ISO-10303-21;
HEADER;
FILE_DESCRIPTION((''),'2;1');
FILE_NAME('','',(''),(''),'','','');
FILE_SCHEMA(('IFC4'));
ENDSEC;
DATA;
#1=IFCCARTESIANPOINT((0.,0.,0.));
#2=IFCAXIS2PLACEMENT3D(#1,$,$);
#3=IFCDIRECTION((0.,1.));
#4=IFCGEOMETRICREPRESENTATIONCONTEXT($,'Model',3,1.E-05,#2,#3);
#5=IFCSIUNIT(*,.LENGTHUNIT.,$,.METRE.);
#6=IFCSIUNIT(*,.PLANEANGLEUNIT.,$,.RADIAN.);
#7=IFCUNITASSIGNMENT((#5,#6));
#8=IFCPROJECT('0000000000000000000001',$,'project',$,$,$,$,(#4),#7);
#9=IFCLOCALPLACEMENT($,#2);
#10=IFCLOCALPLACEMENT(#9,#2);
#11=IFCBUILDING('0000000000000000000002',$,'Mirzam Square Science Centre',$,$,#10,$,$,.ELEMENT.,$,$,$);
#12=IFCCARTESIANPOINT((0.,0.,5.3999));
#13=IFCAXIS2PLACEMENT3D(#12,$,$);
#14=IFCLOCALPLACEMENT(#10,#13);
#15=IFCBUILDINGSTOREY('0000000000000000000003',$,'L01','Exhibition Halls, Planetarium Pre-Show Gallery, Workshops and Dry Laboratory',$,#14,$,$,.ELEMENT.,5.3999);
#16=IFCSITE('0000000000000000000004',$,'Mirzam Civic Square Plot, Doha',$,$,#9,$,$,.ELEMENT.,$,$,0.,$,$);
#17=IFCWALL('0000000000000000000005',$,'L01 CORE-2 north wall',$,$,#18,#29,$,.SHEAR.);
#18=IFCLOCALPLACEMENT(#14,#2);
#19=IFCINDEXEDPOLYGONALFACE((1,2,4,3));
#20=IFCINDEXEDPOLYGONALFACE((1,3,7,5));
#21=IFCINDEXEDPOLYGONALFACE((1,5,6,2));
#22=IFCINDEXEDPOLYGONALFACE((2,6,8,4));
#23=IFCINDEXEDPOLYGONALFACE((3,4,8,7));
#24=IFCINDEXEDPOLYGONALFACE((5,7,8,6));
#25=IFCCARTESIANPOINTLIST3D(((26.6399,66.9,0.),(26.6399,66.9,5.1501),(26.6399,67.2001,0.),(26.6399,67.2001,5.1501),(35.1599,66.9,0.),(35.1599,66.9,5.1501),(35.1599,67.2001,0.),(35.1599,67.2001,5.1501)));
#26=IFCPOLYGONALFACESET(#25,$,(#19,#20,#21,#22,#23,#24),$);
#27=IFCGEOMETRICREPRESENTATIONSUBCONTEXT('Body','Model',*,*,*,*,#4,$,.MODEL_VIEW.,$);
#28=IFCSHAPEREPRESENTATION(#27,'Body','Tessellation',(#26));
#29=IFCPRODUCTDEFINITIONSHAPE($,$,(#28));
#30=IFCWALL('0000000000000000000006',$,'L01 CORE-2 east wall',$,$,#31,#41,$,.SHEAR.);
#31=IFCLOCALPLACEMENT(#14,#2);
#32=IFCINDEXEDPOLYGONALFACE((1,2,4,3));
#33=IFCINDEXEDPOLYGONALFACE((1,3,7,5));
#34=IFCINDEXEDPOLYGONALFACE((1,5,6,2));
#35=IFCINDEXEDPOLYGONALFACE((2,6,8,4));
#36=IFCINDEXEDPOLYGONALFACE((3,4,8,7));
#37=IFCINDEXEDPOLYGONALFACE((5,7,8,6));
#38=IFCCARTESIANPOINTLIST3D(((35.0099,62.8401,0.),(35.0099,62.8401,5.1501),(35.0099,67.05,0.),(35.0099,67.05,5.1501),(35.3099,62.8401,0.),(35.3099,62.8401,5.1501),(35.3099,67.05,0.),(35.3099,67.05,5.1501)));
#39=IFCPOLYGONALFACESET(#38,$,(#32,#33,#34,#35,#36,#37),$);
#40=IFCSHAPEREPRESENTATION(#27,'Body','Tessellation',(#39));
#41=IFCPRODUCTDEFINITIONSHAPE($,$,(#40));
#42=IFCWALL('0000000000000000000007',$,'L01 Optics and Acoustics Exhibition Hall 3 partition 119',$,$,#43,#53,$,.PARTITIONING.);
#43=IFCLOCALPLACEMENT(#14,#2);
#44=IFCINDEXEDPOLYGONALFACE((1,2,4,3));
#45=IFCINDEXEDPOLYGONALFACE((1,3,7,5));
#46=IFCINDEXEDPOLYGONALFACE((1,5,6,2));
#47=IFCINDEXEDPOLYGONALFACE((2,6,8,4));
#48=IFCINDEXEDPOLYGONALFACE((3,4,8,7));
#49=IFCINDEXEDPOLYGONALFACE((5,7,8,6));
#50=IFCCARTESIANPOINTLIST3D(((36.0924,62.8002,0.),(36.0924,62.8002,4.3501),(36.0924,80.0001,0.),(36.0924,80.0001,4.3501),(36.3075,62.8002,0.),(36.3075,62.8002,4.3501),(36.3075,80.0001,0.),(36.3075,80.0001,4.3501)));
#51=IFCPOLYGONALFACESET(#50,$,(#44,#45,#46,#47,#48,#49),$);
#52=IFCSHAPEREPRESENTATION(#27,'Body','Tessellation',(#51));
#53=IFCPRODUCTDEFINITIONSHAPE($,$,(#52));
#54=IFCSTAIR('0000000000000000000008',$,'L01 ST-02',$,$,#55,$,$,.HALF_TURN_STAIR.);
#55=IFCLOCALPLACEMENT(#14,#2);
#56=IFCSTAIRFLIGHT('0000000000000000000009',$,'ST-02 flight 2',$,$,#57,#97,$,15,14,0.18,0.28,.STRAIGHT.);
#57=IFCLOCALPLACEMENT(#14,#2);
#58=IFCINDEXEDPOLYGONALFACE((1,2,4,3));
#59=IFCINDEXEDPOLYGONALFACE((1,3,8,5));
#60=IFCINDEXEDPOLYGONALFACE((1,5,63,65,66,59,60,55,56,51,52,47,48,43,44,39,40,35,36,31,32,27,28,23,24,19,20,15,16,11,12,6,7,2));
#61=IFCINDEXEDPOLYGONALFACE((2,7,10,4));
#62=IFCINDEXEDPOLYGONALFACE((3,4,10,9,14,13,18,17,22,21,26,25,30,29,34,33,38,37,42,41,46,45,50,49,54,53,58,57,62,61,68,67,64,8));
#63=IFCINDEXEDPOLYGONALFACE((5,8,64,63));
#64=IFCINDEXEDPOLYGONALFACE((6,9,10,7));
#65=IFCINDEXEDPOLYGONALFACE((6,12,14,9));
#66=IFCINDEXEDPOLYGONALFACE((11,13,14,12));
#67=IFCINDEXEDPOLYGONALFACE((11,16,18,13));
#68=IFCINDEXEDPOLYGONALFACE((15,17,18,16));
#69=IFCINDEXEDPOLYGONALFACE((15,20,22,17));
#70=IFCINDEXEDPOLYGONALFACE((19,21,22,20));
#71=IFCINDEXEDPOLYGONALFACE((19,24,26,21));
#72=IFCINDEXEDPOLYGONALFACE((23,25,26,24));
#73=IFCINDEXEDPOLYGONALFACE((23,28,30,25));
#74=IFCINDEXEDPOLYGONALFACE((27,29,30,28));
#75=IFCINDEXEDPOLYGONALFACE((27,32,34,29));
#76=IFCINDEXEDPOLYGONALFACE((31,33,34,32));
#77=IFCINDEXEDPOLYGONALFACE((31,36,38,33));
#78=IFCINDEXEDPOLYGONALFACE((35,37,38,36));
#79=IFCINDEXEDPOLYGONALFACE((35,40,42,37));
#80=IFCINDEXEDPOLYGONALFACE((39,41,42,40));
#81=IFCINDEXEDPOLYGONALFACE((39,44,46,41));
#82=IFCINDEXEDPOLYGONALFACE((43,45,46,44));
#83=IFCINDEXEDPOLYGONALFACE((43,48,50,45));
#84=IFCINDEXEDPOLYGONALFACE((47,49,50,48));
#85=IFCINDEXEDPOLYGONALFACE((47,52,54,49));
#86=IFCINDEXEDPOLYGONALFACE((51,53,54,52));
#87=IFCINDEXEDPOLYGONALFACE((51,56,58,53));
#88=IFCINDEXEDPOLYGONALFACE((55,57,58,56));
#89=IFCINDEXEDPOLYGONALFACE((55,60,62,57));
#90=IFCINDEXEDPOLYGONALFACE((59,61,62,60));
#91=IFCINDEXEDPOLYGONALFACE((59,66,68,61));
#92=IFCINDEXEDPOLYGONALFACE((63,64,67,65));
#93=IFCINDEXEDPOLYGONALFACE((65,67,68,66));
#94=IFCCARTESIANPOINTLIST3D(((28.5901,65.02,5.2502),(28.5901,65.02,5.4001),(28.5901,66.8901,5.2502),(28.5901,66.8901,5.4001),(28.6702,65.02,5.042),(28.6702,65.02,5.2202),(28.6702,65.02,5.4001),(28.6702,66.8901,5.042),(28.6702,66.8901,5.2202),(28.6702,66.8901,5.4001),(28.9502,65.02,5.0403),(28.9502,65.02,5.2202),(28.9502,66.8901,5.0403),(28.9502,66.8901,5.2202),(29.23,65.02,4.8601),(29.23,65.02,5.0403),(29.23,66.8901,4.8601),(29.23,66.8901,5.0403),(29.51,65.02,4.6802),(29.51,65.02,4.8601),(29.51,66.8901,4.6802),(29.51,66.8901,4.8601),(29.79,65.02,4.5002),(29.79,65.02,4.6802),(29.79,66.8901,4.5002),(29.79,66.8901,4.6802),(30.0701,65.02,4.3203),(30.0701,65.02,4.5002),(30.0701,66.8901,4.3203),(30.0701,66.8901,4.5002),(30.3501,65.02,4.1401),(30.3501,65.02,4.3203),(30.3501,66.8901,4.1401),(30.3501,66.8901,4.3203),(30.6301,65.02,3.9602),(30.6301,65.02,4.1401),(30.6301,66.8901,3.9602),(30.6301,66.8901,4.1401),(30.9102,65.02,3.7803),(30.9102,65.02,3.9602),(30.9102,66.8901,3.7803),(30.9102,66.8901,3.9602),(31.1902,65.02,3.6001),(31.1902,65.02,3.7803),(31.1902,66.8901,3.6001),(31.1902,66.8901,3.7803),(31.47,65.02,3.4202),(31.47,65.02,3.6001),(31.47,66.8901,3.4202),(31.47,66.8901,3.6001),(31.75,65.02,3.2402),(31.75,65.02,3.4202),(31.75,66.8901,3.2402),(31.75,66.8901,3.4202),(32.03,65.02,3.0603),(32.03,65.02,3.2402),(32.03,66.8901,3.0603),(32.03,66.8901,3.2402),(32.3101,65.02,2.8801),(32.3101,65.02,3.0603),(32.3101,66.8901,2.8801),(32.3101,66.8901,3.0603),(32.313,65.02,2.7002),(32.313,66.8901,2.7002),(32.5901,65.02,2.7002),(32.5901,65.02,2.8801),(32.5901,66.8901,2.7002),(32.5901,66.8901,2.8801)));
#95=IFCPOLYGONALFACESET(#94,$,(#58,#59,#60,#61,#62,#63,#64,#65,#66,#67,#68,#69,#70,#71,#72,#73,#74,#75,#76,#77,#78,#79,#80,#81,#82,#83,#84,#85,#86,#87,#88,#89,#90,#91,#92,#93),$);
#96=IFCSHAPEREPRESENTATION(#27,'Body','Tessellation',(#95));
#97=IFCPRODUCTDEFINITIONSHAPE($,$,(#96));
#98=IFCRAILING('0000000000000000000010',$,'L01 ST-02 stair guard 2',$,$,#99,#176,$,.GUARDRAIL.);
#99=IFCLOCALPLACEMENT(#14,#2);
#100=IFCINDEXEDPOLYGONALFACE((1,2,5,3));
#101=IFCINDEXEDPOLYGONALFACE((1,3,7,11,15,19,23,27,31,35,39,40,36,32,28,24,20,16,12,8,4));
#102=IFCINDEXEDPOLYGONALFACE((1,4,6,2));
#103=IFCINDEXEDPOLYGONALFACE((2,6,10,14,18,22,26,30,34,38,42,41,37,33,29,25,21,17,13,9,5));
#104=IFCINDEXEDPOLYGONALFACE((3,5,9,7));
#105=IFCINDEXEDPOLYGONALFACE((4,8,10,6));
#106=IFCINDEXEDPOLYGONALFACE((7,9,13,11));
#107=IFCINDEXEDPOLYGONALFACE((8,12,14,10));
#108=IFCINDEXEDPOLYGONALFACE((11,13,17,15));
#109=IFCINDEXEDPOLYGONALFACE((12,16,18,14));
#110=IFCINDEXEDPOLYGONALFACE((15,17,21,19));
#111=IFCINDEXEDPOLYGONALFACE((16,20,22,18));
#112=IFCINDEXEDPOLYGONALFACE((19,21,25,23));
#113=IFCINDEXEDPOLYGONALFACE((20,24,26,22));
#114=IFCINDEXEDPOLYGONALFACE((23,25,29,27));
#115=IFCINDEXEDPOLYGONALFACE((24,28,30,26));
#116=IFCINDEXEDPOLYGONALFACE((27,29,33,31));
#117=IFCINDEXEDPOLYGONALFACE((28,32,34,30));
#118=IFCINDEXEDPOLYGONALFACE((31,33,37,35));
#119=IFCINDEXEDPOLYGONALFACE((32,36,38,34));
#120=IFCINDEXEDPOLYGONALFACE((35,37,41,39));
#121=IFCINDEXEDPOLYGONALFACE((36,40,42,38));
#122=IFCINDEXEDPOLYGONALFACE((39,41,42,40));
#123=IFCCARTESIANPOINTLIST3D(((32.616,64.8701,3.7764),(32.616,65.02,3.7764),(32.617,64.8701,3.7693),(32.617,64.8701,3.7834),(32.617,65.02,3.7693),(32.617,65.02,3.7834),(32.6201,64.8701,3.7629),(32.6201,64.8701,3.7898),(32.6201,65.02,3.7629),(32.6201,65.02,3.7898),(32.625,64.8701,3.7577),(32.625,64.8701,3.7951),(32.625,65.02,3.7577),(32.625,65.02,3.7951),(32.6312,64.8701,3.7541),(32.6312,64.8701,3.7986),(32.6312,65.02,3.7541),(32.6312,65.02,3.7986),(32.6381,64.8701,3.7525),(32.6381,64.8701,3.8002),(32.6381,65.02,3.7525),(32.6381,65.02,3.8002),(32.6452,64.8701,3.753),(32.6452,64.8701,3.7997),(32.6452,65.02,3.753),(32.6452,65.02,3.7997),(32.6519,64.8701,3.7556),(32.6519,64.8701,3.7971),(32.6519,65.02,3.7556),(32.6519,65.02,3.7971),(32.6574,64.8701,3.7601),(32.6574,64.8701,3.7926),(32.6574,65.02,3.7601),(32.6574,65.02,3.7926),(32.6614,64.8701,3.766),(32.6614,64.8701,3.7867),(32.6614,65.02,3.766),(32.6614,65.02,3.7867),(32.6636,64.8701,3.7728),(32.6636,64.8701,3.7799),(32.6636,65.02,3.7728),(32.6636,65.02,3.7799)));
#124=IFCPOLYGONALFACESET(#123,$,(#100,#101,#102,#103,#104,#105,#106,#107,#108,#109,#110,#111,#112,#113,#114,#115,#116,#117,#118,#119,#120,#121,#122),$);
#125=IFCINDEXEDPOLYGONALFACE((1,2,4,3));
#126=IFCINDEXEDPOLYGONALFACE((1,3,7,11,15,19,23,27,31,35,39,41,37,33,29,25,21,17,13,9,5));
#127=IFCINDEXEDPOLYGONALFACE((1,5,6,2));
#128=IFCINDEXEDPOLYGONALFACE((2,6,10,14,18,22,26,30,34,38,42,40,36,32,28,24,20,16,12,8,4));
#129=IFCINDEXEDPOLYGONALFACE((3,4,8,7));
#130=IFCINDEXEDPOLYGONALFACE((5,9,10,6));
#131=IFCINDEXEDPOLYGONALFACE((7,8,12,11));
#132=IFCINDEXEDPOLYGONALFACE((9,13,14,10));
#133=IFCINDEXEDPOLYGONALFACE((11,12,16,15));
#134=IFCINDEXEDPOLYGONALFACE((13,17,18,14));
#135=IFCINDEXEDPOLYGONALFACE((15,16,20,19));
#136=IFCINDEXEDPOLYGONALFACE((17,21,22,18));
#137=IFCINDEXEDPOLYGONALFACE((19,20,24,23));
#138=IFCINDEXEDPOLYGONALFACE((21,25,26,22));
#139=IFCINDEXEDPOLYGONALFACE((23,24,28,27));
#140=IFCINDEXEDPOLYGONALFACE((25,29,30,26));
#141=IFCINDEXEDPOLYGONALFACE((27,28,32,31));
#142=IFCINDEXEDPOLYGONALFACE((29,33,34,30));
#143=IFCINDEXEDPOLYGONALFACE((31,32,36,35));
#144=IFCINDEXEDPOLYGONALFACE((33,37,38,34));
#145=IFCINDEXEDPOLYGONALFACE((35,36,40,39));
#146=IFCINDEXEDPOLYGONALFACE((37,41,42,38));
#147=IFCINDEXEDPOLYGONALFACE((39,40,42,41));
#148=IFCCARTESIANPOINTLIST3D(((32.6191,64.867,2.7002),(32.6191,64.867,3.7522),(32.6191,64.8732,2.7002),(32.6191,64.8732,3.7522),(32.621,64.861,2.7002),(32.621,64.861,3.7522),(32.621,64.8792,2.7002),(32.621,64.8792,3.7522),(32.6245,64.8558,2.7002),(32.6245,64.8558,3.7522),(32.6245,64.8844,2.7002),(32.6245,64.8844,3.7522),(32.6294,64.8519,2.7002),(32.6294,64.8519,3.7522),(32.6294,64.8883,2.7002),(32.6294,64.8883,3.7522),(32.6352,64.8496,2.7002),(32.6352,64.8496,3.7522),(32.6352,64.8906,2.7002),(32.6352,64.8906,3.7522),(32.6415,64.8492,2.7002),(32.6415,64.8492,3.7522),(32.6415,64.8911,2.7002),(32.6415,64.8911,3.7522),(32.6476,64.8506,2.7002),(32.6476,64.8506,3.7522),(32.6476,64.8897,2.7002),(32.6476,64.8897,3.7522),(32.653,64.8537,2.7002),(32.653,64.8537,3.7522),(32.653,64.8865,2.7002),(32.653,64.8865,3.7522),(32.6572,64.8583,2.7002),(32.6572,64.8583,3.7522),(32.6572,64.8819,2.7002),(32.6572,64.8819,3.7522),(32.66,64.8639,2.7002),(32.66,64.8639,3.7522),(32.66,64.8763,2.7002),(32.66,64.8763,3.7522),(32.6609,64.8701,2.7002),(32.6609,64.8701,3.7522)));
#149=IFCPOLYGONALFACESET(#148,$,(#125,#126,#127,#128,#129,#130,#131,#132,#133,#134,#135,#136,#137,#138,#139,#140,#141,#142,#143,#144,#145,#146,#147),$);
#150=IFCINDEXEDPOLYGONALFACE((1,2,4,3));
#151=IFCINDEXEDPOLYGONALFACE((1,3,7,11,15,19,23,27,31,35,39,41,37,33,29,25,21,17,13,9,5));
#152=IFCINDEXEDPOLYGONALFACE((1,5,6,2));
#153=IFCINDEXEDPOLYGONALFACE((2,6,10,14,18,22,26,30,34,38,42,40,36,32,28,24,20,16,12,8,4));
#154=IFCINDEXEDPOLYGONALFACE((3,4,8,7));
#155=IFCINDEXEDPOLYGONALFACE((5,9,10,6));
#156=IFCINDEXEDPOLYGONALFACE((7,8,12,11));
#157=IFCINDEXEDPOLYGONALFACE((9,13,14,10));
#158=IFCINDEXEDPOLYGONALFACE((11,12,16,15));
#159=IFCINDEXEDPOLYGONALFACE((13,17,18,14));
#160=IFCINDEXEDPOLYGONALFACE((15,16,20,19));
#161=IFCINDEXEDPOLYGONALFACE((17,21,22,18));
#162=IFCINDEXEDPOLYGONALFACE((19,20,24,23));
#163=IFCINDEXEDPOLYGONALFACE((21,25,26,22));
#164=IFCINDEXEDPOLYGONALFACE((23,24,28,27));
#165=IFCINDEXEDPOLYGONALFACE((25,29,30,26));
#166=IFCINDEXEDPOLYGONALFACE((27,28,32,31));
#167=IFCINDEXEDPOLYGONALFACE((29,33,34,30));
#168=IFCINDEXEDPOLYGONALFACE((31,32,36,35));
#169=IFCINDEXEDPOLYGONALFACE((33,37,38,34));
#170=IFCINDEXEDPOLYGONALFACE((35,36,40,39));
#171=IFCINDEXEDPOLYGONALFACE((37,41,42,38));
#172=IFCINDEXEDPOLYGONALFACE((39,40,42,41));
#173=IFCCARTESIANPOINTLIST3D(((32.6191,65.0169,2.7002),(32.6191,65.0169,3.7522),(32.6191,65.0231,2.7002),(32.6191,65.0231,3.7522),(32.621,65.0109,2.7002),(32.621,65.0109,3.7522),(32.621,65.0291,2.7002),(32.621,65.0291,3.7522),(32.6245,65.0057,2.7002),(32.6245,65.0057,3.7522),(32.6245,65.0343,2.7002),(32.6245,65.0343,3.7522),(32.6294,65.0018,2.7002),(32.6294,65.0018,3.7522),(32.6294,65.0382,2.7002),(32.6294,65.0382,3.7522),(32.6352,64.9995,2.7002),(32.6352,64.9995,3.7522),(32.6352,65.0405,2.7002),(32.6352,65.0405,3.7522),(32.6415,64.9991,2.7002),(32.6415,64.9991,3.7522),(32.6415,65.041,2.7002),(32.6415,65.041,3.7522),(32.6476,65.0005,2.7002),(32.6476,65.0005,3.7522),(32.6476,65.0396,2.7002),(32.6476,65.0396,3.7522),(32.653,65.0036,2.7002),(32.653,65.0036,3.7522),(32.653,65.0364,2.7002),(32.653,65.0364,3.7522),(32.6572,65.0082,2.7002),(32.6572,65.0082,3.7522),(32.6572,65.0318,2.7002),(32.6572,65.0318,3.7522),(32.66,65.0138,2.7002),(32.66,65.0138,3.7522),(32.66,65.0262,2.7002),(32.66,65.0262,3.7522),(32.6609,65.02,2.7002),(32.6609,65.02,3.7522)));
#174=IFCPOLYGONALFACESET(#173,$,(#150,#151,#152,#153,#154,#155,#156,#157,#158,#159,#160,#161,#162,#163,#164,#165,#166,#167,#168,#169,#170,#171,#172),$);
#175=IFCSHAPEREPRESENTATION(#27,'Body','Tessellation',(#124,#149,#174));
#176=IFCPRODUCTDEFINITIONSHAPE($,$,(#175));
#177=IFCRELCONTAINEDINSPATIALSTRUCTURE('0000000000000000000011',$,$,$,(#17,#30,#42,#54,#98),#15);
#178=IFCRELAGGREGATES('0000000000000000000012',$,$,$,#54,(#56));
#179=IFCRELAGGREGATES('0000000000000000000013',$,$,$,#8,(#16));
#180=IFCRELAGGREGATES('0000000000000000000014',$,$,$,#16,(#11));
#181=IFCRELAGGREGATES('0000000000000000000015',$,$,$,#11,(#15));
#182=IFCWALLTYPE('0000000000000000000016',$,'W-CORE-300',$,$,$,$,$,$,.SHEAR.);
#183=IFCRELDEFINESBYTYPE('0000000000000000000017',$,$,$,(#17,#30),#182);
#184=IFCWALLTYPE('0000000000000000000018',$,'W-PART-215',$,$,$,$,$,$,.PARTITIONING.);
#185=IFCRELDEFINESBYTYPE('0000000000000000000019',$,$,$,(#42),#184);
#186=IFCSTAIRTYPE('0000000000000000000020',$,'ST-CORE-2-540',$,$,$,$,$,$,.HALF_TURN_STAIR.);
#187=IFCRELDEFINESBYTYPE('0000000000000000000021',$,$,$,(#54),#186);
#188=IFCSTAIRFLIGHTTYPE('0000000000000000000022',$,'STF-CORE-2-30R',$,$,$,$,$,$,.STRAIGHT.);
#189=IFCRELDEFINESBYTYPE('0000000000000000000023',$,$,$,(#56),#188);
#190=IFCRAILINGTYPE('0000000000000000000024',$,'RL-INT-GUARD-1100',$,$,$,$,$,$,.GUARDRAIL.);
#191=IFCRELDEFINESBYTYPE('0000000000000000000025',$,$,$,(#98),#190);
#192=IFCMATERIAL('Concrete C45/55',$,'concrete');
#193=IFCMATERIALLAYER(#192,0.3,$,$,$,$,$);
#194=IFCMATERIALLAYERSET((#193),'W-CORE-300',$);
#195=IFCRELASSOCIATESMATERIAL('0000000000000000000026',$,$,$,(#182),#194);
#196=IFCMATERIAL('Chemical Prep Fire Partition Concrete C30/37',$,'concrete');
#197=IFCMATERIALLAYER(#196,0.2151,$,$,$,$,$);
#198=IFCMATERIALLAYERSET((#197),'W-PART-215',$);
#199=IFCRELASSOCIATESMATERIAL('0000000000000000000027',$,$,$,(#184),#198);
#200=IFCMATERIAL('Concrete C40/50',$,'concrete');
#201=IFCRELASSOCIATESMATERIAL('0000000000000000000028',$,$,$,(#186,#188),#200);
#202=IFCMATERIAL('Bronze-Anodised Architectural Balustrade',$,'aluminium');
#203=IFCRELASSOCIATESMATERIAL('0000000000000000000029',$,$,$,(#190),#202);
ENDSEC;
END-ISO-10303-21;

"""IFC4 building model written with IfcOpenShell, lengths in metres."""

from ifc_helpers import new_model, si_unit, direction, frame, frame_2d, origin, origin_2d, place, context, subcontext, project, spatial, polyline, rectangle, circle, outline, extrude, material, layer, layer_set, type_object, element, aggregate, save


model = new_model("IFC4")

# Units and contexts
model_context = context("Model", 3, precision=1e-05, world=origin(), true_north=direction((0.0, 1.0)))
body_context = subcontext(model_context, "Body", "Model", "MODEL_VIEW")
ifc_project = project(units=[si_unit("LENGTHUNIT", "METRE"), si_unit("PLANEANGLEUNIT", "RADIAN")], contexts=[model_context])

# Site, building, storey
site_placement = place(None, origin())
site = spatial("IfcSite", under=ifc_project, at=site_placement, Name="Mirzam Civic Square Plot, Doha", CompositionType="ELEMENT", RefElevation=0.0)
building_placement = place(site_placement, origin())
building = spatial("IfcBuilding", under=site, at=building_placement, Name="Mirzam Square Science Centre", CompositionType="ELEMENT")
storey_placement = place(building_placement, frame((0.0, 0.0, 5.3999)))
storey = spatial("IfcBuildingStorey", under=building, at=storey_placement, Name="L01", Description="Exhibition Halls, Planetarium Pre-Show Gallery, Workshops and Dry Laboratory", CompositionType="ELEMENT", Elevation=5.3999)

# Walls
ifc_material_1 = material(Name="Concrete C45/55", Category="concrete")
ifc_layer_1 = layer(ifc_material_1, 0.3)
ifc_layer_set_1 = layer_set([ifc_layer_1], Name="W-CORE-300")
wall_type_1 = type_object("IfcWallType", Name="W-CORE-300", PredefinedType="SHEAR", material=ifc_layer_set_1)
wall_1_placement = place(storey_placement, frame((35.1599, 67.05, 0.0), z_axis=(0.0, 0.0, 1.0), x_axis=(-1.0, 0.0, 0.0)))
element("IfcWall", 1, at=wall_1_placement, inside=storey, type_object=wall_type_1, Name="L01 CORE-2 north wall", PredefinedType="SHEAR", context=body_context, shape_type="SweptSolid", body=[
    extrude(rectangle(XDim=8.52, YDim=0.3, at=frame_2d((4.26, 0.0))), origin(), (0.0, 0.0, 1.0), 5.1501),
])
wall_2_placement = place(storey_placement, frame((35.1599, 62.8401, 0.0), z_axis=(0.0, 0.0, 1.0), x_axis=(0.0, 1.0, 0.0)))
element("IfcWall", 2, at=wall_2_placement, inside=storey, type_object=wall_type_1, Name="L01 CORE-2 east wall", PredefinedType="SHEAR", context=body_context, shape_type="SweptSolid", body=[
    extrude(rectangle(XDim=4.21, YDim=0.3, at=frame_2d((2.105, 0.0))), origin(), (0.0, 0.0, 1.0), 5.1501),
])
ifc_material_2 = material(Name="Chemical Prep Fire Partition Concrete C30/37", Category="concrete")
ifc_layer_2 = layer(ifc_material_2, 0.2151)
ifc_layer_set_2 = layer_set([ifc_layer_2], Name="W-PART-215")
wall_type_2 = type_object("IfcWallType", Name="W-PART-215", PredefinedType="PARTITIONING", material=ifc_layer_set_2)
wall_3_placement = place(storey_placement, frame((36.2, 62.8, 0.0), z_axis=(0.0, 0.0, 1.0), x_axis=(0.0, 1.0, 0.0)))
element("IfcWall", 3, at=wall_3_placement, inside=storey, type_object=wall_type_2, Name="L01 Optics and Acoustics Exhibition Hall 3 partition 119", PredefinedType="PARTITIONING", context=body_context, shape_type="SweptSolid", body=[
    extrude(rectangle(XDim=17.2, YDim=0.2151, at=frame_2d((8.6001, 0.0))), origin(), (0.0, 0.0, 1.0), 4.3501),
])

# Stair, stair flight
ifc_material_3 = material(Name="Concrete C40/50", Category="concrete")
stair_type = type_object("IfcStairType", Name="ST-CORE-2-540", PredefinedType="HALF_TURN_STAIR", material=ifc_material_3)
stair_placement = place(storey_placement, origin())
stair = element("IfcStair", 4, at=stair_placement, inside=storey, type_object=stair_type, Name="L01 ST-02", PredefinedType="HALF_TURN_STAIR")
stair_flight_type = type_object("IfcStairFlightType", Name="STF-CORE-2-30R", PredefinedType="STRAIGHT", material=ifc_material_3)
stair_flight_placement = place(storey_placement, frame((32.5901, 65.9551, 2.7002), z_axis=(0.0, 0.0, 1.0), x_axis=(-1.0, 0.0, 0.0)))
stair_flight = element("IfcStairFlight", 5, at=stair_flight_placement, type_object=stair_flight_type, Name="ST-02 flight 2", NumberOfRisers=15, NumberOfTreads=14, PredefinedType="STRAIGHT", RiserHeight=0.18, TreadLength=0.28, context=body_context, shape_type="SweptSolid", body=[
    extrude(outline(polyline([(0.0, 0.0), (0.0, 0.1799), (0.28, 0.1799), (0.28, 0.3601), (0.5601, 0.3601), (0.5601, 0.54), (0.8401, 0.54), (0.8401, 0.72), (1.1201, 0.72), (1.1201, 0.8999), (1.3999, 0.8999), (1.3999, 1.0801), (1.6799, 1.0801), (1.6799, 1.26), (1.96, 1.26), (1.96, 1.4399), (2.24, 1.4399), (2.24, 1.6201), (2.52, 1.6201), (2.52, 1.8), (2.8, 1.8), (2.8, 1.98), (3.0801, 1.98), (3.0801, 2.1599), (3.3601, 2.1599), (3.3601, 2.3401), (3.6399, 2.3401), (3.6399, 2.52), (3.9199, 2.52), (3.9199, 2.7), (4.0, 2.7), (4.0, 2.55), (3.9199, 2.3418), (0.2771, 0.0), (0.0, 0.0)])), frame((0.0, 0.9351, 0.0), z_axis=(0.0, -1.0, 0.0), x_axis=(1.0, 0.0, 0.0)), (0.0, 0.0, 1.0), 1.8701),
])
aggregate(stair, [stair_flight])

# Railing
ifc_material_4 = material(Name="Bronze-Anodised Architectural Balustrade", Category="aluminium")
railing_type_1 = type_object("IfcRailingType", Name="RL-INT-GUARD-1100", PredefinedType="GUARDRAIL", material=ifc_material_4)
railing_1_placement = place(storey_placement, frame((32.6399, 64.8701, 2.7002)))
element("IfcRailing", 6, at=railing_1_placement, inside=storey, type_object=railing_type_1, Name="L01 ST-02 stair guard 2", PredefinedType="GUARDRAIL", context=body_context, shape_type="SweptSolid", body=[
    extrude(circle(Radius=0.0239, at=origin_2d()), frame((0.0, 0.0, 1.0762), z_axis=(0.0, 1.0, 0.0), x_axis=(-1.0, 0.0, 0.0)), (0.0, 0.0, 1.0), 0.1499),
    extrude(circle(Radius=0.021, at=origin_2d()), origin(), (0.0, 0.0, 1.0), 1.052),
    extrude(circle(Radius=0.021, at=origin_2d()), frame((0.0, 0.1499, 0.0)), (0.0, 0.0, 1.0), 1.052),
])

save(model, "model.ifc")
